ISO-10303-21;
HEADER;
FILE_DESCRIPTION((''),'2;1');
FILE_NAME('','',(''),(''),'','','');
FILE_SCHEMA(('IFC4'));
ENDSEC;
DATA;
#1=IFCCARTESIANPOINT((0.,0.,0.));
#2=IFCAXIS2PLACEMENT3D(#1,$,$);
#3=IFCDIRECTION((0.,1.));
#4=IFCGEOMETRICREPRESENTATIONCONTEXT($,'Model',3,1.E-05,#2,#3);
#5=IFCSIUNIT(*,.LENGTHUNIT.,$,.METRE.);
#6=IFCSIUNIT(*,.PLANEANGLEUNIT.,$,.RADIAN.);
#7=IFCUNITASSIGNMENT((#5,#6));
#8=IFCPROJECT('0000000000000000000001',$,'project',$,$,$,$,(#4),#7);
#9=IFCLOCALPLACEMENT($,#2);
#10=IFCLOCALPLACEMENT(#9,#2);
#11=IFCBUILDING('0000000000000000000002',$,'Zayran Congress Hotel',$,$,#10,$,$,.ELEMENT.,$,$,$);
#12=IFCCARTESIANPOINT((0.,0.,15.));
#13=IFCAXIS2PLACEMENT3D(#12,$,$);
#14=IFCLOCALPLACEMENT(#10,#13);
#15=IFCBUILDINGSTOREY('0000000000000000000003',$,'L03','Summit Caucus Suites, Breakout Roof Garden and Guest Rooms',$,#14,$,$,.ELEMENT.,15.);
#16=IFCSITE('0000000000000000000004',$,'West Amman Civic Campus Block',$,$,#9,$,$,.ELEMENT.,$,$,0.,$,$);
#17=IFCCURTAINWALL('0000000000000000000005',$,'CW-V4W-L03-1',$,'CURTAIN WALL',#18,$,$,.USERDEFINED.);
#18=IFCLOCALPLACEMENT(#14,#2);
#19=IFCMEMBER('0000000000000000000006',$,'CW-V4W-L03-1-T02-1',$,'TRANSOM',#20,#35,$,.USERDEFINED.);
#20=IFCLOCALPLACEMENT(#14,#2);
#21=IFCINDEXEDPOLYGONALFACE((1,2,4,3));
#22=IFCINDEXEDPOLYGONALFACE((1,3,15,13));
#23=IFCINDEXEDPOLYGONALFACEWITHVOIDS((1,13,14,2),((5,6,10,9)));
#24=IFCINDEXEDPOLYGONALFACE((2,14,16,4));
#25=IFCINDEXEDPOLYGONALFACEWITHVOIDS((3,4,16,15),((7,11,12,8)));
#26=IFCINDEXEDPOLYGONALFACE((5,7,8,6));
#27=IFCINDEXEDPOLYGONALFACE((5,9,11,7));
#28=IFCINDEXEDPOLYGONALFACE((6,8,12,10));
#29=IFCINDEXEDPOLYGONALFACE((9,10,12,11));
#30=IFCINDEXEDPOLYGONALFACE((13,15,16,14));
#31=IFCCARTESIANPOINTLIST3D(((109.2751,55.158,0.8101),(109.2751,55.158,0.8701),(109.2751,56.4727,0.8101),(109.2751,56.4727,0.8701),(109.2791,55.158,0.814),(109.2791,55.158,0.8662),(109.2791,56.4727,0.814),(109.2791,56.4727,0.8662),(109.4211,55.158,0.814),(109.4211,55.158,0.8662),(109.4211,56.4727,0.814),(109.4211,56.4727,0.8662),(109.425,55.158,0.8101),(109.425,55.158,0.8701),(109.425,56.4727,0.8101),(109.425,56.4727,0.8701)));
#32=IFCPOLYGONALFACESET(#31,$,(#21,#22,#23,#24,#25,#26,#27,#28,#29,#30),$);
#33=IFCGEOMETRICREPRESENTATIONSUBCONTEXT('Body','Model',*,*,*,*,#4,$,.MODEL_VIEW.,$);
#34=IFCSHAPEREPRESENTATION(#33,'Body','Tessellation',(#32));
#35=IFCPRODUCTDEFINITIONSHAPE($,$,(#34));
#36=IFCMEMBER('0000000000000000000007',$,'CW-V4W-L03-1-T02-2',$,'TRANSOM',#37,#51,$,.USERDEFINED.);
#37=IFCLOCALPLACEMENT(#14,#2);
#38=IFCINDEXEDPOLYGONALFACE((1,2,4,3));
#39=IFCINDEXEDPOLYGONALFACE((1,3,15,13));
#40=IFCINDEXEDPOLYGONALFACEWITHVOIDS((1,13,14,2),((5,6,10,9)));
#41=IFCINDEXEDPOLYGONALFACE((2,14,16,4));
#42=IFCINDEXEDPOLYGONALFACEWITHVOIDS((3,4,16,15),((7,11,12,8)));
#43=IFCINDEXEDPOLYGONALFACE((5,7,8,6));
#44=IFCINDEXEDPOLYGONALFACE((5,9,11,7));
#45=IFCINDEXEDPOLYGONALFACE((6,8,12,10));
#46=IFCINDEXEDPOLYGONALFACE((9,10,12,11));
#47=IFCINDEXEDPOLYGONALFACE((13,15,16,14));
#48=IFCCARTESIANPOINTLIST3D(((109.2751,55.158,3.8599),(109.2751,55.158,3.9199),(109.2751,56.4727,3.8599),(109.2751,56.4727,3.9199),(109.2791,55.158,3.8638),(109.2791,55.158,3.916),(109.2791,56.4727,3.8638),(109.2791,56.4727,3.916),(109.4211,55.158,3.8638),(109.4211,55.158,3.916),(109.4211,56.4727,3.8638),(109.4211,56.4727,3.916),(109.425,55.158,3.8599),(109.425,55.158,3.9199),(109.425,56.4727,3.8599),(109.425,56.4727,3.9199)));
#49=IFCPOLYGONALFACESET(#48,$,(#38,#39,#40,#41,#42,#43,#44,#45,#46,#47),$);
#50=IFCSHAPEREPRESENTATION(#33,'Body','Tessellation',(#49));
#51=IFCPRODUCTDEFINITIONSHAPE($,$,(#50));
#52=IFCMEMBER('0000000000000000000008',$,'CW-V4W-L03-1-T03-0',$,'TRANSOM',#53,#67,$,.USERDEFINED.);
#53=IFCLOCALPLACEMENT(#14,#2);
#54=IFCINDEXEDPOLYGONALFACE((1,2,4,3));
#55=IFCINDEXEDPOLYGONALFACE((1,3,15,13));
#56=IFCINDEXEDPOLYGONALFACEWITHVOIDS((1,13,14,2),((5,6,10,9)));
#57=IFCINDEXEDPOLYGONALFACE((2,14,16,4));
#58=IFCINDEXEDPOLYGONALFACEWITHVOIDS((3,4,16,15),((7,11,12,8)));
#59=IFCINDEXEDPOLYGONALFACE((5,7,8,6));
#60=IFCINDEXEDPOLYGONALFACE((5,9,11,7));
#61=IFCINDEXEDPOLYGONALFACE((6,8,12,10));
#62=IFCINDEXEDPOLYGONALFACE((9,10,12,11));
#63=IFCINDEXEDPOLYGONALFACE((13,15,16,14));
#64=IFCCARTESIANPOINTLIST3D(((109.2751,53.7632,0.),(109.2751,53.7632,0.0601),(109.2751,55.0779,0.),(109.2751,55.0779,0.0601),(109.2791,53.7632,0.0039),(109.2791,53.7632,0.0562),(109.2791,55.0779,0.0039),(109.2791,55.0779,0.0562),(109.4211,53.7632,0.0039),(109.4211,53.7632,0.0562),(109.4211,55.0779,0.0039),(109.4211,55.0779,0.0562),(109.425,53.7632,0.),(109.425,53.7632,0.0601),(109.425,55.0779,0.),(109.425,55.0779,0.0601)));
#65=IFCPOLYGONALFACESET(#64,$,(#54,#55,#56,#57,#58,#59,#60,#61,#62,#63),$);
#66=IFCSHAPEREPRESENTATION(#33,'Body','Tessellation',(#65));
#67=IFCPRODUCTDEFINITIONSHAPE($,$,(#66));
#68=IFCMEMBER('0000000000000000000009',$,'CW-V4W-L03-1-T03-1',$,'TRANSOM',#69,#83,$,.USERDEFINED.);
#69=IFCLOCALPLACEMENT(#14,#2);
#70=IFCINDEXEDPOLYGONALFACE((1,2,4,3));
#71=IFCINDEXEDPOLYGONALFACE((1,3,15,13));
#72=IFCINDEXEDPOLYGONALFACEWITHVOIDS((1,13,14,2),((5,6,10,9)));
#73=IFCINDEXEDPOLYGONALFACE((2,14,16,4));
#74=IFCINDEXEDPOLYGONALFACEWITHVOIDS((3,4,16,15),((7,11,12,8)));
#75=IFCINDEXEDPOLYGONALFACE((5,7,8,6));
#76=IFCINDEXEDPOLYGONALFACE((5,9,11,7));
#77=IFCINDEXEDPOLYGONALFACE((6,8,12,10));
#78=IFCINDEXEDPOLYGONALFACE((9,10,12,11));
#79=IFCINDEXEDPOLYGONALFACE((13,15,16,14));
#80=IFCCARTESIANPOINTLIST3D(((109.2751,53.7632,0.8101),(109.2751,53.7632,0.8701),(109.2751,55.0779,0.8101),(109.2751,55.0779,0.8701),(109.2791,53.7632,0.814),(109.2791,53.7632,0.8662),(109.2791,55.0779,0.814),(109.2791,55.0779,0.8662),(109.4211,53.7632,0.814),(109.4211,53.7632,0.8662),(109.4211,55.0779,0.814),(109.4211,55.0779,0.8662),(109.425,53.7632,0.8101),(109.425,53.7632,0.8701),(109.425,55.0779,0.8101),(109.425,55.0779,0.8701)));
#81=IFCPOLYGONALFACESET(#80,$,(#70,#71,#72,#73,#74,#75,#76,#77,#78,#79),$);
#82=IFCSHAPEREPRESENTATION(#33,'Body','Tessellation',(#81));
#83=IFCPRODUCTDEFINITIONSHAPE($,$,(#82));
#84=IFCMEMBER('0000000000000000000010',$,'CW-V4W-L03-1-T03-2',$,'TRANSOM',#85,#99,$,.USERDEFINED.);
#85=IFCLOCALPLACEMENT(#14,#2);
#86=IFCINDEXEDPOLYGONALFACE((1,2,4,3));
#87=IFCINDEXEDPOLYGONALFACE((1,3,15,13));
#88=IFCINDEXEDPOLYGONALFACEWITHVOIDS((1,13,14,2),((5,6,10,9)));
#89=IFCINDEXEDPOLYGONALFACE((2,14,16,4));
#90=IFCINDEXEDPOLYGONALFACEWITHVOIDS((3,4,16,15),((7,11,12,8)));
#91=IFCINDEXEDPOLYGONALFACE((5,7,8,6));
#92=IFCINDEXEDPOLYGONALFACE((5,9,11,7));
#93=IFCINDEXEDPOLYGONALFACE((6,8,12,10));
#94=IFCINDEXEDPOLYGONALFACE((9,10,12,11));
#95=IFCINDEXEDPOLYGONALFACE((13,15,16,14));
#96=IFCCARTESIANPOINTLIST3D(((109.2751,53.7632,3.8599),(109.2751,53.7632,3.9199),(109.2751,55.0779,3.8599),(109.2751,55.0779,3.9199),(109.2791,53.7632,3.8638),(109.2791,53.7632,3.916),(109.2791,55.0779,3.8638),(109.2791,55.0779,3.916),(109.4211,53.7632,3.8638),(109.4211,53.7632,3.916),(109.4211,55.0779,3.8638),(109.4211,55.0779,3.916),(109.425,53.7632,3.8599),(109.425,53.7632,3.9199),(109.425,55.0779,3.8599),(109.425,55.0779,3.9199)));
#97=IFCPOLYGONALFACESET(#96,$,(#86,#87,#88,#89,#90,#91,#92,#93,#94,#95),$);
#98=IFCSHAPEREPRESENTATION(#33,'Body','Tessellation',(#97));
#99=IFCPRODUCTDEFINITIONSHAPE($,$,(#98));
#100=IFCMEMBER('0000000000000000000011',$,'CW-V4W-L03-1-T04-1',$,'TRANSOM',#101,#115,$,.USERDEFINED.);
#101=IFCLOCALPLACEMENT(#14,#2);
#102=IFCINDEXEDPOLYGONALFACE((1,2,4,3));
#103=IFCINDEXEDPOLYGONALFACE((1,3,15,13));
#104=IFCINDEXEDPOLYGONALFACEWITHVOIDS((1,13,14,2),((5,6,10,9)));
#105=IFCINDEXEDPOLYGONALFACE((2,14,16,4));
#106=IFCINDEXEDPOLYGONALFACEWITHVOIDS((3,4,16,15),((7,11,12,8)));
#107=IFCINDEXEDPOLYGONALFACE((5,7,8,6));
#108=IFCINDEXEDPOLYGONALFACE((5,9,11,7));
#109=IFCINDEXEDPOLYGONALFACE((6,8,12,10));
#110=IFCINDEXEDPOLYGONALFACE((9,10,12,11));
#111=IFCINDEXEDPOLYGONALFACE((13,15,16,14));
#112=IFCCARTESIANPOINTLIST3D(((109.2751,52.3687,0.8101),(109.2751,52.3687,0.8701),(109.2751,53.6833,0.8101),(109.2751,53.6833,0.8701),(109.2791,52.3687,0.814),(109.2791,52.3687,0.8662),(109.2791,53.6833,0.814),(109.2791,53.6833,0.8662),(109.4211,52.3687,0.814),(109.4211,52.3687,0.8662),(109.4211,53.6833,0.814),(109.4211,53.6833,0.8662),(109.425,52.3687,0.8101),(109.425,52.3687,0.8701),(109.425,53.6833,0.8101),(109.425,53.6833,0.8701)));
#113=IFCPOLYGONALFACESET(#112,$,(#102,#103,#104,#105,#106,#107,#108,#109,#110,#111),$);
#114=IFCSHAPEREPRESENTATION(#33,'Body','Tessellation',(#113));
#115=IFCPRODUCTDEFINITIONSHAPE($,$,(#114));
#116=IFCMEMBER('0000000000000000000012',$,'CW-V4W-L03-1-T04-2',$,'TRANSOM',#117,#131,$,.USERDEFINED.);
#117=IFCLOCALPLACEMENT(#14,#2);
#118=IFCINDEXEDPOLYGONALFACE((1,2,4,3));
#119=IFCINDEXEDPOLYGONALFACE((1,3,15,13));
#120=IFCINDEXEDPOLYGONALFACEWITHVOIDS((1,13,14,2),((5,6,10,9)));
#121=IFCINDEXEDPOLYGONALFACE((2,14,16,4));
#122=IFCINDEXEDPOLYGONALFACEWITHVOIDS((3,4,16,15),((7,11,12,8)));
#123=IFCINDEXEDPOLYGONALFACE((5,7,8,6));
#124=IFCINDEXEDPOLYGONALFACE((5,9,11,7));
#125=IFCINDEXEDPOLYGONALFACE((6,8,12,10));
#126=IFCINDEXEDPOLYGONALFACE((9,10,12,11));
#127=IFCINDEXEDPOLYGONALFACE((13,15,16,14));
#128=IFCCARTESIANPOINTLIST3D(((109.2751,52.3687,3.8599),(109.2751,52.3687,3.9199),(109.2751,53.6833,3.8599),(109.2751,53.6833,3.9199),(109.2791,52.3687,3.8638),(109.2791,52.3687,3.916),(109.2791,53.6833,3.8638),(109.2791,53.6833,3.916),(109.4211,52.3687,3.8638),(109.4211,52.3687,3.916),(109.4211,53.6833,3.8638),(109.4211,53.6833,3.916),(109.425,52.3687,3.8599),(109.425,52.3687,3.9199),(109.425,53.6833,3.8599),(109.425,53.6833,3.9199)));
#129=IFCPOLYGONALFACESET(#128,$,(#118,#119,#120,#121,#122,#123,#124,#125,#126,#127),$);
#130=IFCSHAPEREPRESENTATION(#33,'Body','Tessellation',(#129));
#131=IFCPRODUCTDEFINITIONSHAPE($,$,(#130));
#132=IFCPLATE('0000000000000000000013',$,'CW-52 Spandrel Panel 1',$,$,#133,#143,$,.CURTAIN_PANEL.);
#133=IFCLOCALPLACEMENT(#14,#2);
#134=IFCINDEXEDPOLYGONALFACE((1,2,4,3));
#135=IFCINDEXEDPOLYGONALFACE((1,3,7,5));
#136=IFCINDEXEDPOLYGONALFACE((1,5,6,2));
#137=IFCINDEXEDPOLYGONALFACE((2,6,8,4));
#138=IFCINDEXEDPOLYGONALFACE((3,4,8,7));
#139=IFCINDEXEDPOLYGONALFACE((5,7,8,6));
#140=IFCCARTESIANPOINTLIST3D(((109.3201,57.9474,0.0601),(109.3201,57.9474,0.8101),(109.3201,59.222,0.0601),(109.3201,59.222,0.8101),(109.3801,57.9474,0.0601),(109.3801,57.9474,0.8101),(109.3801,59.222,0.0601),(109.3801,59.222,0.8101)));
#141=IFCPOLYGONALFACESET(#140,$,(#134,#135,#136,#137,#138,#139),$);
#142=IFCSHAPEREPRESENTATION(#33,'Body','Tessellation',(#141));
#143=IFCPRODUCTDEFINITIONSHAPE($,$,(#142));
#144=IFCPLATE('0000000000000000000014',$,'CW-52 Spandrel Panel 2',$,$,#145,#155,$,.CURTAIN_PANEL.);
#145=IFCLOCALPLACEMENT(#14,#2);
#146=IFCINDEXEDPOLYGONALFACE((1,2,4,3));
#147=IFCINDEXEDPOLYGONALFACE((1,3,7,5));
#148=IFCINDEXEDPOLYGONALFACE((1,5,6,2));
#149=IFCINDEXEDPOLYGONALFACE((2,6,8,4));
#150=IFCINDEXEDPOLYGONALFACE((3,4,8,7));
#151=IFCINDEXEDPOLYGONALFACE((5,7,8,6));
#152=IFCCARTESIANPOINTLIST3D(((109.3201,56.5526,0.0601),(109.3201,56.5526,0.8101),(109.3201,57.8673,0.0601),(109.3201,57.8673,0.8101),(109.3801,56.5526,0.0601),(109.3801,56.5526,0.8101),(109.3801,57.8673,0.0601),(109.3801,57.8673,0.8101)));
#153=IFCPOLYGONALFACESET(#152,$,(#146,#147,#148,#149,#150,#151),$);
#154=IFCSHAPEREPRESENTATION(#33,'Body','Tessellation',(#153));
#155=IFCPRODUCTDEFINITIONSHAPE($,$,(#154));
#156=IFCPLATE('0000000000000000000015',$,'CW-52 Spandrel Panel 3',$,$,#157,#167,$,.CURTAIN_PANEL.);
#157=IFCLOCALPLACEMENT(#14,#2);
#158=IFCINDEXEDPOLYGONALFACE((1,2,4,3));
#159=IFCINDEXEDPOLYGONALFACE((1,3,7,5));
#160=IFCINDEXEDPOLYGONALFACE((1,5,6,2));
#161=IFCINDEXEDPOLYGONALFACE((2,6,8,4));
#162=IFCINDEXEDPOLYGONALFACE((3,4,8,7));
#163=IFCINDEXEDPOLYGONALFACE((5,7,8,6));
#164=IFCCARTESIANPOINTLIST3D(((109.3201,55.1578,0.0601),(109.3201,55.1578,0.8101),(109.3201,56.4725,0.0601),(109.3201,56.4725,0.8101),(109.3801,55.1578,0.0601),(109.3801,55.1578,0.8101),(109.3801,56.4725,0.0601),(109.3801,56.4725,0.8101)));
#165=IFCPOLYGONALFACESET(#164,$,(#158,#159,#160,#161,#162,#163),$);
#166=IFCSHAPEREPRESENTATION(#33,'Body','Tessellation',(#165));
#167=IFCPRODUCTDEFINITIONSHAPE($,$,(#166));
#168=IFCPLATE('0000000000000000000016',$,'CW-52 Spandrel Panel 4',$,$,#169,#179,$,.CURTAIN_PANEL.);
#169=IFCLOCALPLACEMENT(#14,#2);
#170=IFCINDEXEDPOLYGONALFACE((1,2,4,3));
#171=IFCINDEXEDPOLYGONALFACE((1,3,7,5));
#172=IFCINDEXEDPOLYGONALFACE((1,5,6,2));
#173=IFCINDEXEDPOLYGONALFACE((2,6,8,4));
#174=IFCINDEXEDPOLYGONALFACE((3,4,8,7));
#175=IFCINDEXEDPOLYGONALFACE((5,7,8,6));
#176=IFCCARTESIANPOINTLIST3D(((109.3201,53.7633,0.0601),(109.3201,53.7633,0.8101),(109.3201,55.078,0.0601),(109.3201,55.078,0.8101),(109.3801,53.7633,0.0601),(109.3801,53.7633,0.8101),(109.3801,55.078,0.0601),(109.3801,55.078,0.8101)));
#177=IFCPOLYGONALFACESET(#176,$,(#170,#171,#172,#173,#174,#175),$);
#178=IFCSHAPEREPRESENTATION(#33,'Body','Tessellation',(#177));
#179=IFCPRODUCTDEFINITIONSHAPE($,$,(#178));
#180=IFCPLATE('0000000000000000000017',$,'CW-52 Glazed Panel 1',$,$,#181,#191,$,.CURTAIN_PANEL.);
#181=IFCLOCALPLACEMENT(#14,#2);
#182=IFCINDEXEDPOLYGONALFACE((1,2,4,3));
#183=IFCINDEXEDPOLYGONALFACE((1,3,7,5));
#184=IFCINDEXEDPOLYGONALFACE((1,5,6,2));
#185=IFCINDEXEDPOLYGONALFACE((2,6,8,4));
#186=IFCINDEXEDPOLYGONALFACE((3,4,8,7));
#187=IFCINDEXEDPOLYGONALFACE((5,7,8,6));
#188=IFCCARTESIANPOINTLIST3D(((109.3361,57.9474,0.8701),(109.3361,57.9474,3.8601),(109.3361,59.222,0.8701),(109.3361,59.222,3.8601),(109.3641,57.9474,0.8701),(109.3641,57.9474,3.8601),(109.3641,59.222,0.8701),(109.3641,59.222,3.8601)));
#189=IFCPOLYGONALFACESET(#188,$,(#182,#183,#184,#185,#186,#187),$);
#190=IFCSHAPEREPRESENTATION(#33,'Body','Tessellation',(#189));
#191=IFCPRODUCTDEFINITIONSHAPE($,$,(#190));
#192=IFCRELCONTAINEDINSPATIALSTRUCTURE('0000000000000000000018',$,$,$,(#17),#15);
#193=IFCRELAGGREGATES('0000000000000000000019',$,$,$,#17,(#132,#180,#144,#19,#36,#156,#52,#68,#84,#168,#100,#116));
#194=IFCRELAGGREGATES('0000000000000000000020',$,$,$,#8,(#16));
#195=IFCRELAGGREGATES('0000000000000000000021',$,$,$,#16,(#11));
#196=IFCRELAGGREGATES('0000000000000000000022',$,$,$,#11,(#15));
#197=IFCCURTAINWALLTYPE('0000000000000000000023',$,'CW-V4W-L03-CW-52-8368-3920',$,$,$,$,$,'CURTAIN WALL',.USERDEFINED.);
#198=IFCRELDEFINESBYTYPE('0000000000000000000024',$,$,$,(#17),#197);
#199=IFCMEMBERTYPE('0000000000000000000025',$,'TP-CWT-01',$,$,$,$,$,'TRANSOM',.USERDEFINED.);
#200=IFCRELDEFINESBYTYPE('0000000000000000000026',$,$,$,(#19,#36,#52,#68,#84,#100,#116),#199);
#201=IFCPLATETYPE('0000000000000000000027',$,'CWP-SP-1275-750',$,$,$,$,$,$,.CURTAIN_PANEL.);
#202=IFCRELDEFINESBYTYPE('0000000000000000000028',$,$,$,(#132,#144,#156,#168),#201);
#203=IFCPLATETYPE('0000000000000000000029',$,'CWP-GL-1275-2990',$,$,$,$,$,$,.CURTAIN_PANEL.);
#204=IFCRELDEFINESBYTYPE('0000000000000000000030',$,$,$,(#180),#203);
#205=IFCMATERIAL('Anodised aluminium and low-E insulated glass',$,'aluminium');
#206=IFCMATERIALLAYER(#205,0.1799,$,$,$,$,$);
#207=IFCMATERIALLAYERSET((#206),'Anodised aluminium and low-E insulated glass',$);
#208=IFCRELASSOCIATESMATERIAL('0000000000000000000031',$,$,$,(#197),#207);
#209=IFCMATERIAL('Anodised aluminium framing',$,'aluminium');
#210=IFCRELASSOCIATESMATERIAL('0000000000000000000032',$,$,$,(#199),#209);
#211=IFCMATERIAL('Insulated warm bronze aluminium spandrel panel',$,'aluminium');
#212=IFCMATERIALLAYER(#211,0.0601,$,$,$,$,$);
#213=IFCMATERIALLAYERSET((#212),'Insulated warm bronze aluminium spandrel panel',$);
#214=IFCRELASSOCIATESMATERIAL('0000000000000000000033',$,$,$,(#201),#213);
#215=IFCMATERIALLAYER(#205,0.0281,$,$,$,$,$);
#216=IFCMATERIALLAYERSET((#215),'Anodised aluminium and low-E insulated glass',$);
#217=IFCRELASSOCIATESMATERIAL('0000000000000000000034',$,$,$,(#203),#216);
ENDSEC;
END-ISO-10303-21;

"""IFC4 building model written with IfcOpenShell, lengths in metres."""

from ifc_helpers import new_model, si_unit, direction, frame, origin, origin_2d, place, context, subcontext, project, spatial, rectangle, hollow_rectangle, extrude, material, layer, layer_set, material_profile, profile_set, type_object, element, aggregate, save


model = new_model("IFC4")

# Units and contexts
model_context = context("Model", 3, precision=1e-05, world=origin(), true_north=direction((0.0, 1.0)))
body_context = subcontext(model_context, "Body", "Model", "MODEL_VIEW")
ifc_project = project(units=[si_unit("LENGTHUNIT", "METRE"), si_unit("PLANEANGLEUNIT", "RADIAN")], contexts=[model_context])

# Site, building, storey
site_placement = place(None, origin())
site = spatial("IfcSite", under=ifc_project, at=site_placement, Name="West Amman Civic Campus Block", CompositionType="ELEMENT", RefElevation=0.0)
building_placement = place(site_placement, origin())
building = spatial("IfcBuilding", under=site, at=building_placement, Name="Zayran Congress Hotel", CompositionType="ELEMENT")
storey_placement = place(building_placement, frame((0.0, 0.0, 15.0)))
storey = spatial("IfcBuildingStorey", under=building, at=storey_placement, Name="L03", Description="Summit Caucus Suites, Breakout Roof Garden and Guest Rooms", CompositionType="ELEMENT", Elevation=15.0)

# Curtain wall, members, plates
ifc_material_1 = material(Name="Anodised aluminium and low-E insulated glass", Category="aluminium")
ifc_layer_1 = layer(ifc_material_1, 0.1799)
ifc_layer_set_1 = layer_set([ifc_layer_1], Name="Anodised aluminium and low-E insulated glass")
curtain_wall_type = type_object("IfcCurtainWallType", Name="CW-V4W-L03-CW-52-8368-3920", ElementType="CURTAIN WALL", PredefinedType="USERDEFINED", material=ifc_layer_set_1)
curtain_wall_placement = place(storey_placement, origin())
curtain_wall = element("IfcCurtainWall", 1, at=curtain_wall_placement, inside=storey, type_object=curtain_wall_type, Name="CW-V4W-L03-1", ObjectType="CURTAIN WALL", PredefinedType="USERDEFINED")
ifc_material_2 = material(Name="Anodised aluminium framing", Category="aluminium")
ifc_material_profile_1 = material_profile(ifc_material_2, hollow_rectangle(XDim=0.0601, YDim=0.1499, WallThickness=0.0039, at=origin_2d()), Name="RHS 150x60x4")
ifc_profile_set_1 = profile_set([ifc_material_profile_1], Name="Anodised aluminium framing")
member_type_1 = type_object("IfcMemberType", Name="TP-CWT-01", ElementType="TRANSOM", PredefinedType="USERDEFINED", material=ifc_profile_set_1)
member_1_placement = place(storey_placement, frame((109.3501, 56.4727, 0.8401), z_axis=(0.0, -1.0, 0.0), x_axis=(0.0, 0.0, 1.0)))
member_1 = element("IfcMember", 2, at=member_1_placement, type_object=member_type_1, Name="CW-V4W-L03-1-T02-1", ObjectType="TRANSOM", PredefinedType="USERDEFINED", context=body_context, shape_type="SweptSolid", body=[
    extrude(hollow_rectangle(XDim=0.0601, YDim=0.1499, WallThickness=0.0039, at=origin_2d()), origin(), (0.0, 0.0, 1.0), 1.3147),
])
member_2_placement = place(storey_placement, frame((109.3501, 56.4727, 3.8899), z_axis=(0.0, -1.0, 0.0), x_axis=(0.0, 0.0, 1.0)))
member_2 = element("IfcMember", 3, at=member_2_placement, type_object=member_type_1, Name="CW-V4W-L03-1-T02-2", ObjectType="TRANSOM", PredefinedType="USERDEFINED", context=body_context, shape_type="SweptSolid", body=[
    extrude(hollow_rectangle(XDim=0.0601, YDim=0.1499, WallThickness=0.0039, at=origin_2d()), origin(), (0.0, 0.0, 1.0), 1.3147),
])
member_3_placement = place(storey_placement, frame((109.3501, 55.0779, 0.03), z_axis=(0.0, -1.0, 0.0), x_axis=(0.0, 0.0, 1.0)))
member_3 = element("IfcMember", 4, at=member_3_placement, type_object=member_type_1, Name="CW-V4W-L03-1-T03-0", ObjectType="TRANSOM", PredefinedType="USERDEFINED", context=body_context, shape_type="SweptSolid", body=[
    extrude(hollow_rectangle(XDim=0.0601, YDim=0.1499, WallThickness=0.0039, at=origin_2d()), origin(), (0.0, 0.0, 1.0), 1.3147),
])
member_4_placement = place(storey_placement, frame((109.3501, 55.0779, 0.8401), z_axis=(0.0, -1.0, 0.0), x_axis=(0.0, 0.0, 1.0)))
member_4 = element("IfcMember", 5, at=member_4_placement, type_object=member_type_1, Name="CW-V4W-L03-1-T03-1", ObjectType="TRANSOM", PredefinedType="USERDEFINED", context=body_context, shape_type="SweptSolid", body=[
    extrude(hollow_rectangle(XDim=0.0601, YDim=0.1499, WallThickness=0.0039, at=origin_2d()), origin(), (0.0, 0.0, 1.0), 1.3147),
])
member_5_placement = place(storey_placement, frame((109.3501, 55.0779, 3.8899), z_axis=(0.0, -1.0, 0.0), x_axis=(0.0, 0.0, 1.0)))
member_5 = element("IfcMember", 6, at=member_5_placement, type_object=member_type_1, Name="CW-V4W-L03-1-T03-2", ObjectType="TRANSOM", PredefinedType="USERDEFINED", context=body_context, shape_type="SweptSolid", body=[
    extrude(hollow_rectangle(XDim=0.0601, YDim=0.1499, WallThickness=0.0039, at=origin_2d()), origin(), (0.0, 0.0, 1.0), 1.3147),
])
member_6_placement = place(storey_placement, frame((109.3501, 53.6833, 0.8401), z_axis=(0.0, -1.0, 0.0), x_axis=(0.0, 0.0, 1.0)))
member_6 = element("IfcMember", 7, at=member_6_placement, type_object=member_type_1, Name="CW-V4W-L03-1-T04-1", ObjectType="TRANSOM", PredefinedType="USERDEFINED", context=body_context, shape_type="SweptSolid", body=[
    extrude(hollow_rectangle(XDim=0.0601, YDim=0.1499, WallThickness=0.0039, at=origin_2d()), origin(), (0.0, 0.0, 1.0), 1.3147),
])
member_7_placement = place(storey_placement, frame((109.3501, 53.6833, 3.8899), z_axis=(0.0, -1.0, 0.0), x_axis=(0.0, 0.0, 1.0)))
member_7 = element("IfcMember", 8, at=member_7_placement, type_object=member_type_1, Name="CW-V4W-L03-1-T04-2", ObjectType="TRANSOM", PredefinedType="USERDEFINED", context=body_context, shape_type="SweptSolid", body=[
    extrude(hollow_rectangle(XDim=0.0601, YDim=0.1499, WallThickness=0.0039, at=origin_2d()), origin(), (0.0, 0.0, 1.0), 1.3147),
])
ifc_material_3 = material(Name="Insulated warm bronze aluminium spandrel panel", Category="aluminium")
ifc_layer_2 = layer(ifc_material_3, 0.0601)
ifc_layer_set_2 = layer_set([ifc_layer_2], Name="Insulated warm bronze aluminium spandrel panel")
plate_type_1 = type_object("IfcPlateType", Name="CWP-SP-1275-750", PredefinedType="CURTAIN_PANEL", material=ifc_layer_set_2)
plate_1_placement = place(storey_placement, frame((109.3501, 58.5847, 0.0601), z_axis=(0.0, 0.0, 1.0), x_axis=(0.0, 1.0, 0.0)))
plate_1 = element("IfcPlate", 9, at=plate_1_placement, type_object=plate_type_1, Name="CW-52 Spandrel Panel 1", PredefinedType="CURTAIN_PANEL", context=body_context, shape_type="SweptSolid", body=[
    extrude(rectangle(XDim=1.2747, YDim=0.0601, at=origin_2d()), origin(), (0.0, 0.0, 1.0), 0.75),
])
plate_2_placement = place(storey_placement, frame((109.3501, 57.21, 0.0601), z_axis=(0.0, 0.0, 1.0), x_axis=(0.0, 1.0, 0.0)))
plate_2 = element("IfcPlate", 10, at=plate_2_placement, type_object=plate_type_1, Name="CW-52 Spandrel Panel 2", PredefinedType="CURTAIN_PANEL", context=body_context, shape_type="SweptSolid", body=[
    extrude(rectangle(XDim=1.3147, YDim=0.0601, at=origin_2d()), origin(), (0.0, 0.0, 1.0), 0.75),
])
plate_3_placement = place(storey_placement, frame((109.3501, 55.8152, 0.0601), z_axis=(0.0, 0.0, 1.0), x_axis=(0.0, 1.0, 0.0)))
plate_3 = element("IfcPlate", 11, at=plate_3_placement, type_object=plate_type_1, Name="CW-52 Spandrel Panel 3", PredefinedType="CURTAIN_PANEL", context=body_context, shape_type="SweptSolid", body=[
    extrude(rectangle(XDim=1.3147, YDim=0.0601, at=origin_2d()), origin(), (0.0, 0.0, 1.0), 0.75),
])
plate_4_placement = place(storey_placement, frame((109.3501, 54.4207, 0.0601), z_axis=(0.0, 0.0, 1.0), x_axis=(0.0, 1.0, 0.0)))
plate_4 = element("IfcPlate", 12, at=plate_4_placement, type_object=plate_type_1, Name="CW-52 Spandrel Panel 4", PredefinedType="CURTAIN_PANEL", context=body_context, shape_type="SweptSolid", body=[
    extrude(rectangle(XDim=1.3147, YDim=0.0601, at=origin_2d()), origin(), (0.0, 0.0, 1.0), 0.75),
])
ifc_layer_3 = layer(ifc_material_1, 0.0281)
ifc_layer_set_3 = layer_set([ifc_layer_3], Name="Anodised aluminium and low-E insulated glass")
plate_type_2 = type_object("IfcPlateType", Name="CWP-GL-1275-2990", PredefinedType="CURTAIN_PANEL", material=ifc_layer_set_3)
plate_5_placement = place(storey_placement, frame((109.3501, 58.5847, 0.8701), z_axis=(0.0, 0.0, 1.0), x_axis=(0.0, 1.0, 0.0)))
plate_5 = element("IfcPlate", 13, at=plate_5_placement, type_object=plate_type_2, Name="CW-52 Glazed Panel 1", PredefinedType="CURTAIN_PANEL", context=body_context, shape_type="SweptSolid", body=[
    extrude(rectangle(XDim=1.2747, YDim=0.0281, at=origin_2d()), origin(), (0.0, 0.0, 1.0), 2.99),
])
aggregate(curtain_wall, [plate_1, plate_5, plate_2, member_1, member_2, plate_3, member_3, member_4, member_5, plate_4, member_6, member_7])

save(model, "model.ifc")
